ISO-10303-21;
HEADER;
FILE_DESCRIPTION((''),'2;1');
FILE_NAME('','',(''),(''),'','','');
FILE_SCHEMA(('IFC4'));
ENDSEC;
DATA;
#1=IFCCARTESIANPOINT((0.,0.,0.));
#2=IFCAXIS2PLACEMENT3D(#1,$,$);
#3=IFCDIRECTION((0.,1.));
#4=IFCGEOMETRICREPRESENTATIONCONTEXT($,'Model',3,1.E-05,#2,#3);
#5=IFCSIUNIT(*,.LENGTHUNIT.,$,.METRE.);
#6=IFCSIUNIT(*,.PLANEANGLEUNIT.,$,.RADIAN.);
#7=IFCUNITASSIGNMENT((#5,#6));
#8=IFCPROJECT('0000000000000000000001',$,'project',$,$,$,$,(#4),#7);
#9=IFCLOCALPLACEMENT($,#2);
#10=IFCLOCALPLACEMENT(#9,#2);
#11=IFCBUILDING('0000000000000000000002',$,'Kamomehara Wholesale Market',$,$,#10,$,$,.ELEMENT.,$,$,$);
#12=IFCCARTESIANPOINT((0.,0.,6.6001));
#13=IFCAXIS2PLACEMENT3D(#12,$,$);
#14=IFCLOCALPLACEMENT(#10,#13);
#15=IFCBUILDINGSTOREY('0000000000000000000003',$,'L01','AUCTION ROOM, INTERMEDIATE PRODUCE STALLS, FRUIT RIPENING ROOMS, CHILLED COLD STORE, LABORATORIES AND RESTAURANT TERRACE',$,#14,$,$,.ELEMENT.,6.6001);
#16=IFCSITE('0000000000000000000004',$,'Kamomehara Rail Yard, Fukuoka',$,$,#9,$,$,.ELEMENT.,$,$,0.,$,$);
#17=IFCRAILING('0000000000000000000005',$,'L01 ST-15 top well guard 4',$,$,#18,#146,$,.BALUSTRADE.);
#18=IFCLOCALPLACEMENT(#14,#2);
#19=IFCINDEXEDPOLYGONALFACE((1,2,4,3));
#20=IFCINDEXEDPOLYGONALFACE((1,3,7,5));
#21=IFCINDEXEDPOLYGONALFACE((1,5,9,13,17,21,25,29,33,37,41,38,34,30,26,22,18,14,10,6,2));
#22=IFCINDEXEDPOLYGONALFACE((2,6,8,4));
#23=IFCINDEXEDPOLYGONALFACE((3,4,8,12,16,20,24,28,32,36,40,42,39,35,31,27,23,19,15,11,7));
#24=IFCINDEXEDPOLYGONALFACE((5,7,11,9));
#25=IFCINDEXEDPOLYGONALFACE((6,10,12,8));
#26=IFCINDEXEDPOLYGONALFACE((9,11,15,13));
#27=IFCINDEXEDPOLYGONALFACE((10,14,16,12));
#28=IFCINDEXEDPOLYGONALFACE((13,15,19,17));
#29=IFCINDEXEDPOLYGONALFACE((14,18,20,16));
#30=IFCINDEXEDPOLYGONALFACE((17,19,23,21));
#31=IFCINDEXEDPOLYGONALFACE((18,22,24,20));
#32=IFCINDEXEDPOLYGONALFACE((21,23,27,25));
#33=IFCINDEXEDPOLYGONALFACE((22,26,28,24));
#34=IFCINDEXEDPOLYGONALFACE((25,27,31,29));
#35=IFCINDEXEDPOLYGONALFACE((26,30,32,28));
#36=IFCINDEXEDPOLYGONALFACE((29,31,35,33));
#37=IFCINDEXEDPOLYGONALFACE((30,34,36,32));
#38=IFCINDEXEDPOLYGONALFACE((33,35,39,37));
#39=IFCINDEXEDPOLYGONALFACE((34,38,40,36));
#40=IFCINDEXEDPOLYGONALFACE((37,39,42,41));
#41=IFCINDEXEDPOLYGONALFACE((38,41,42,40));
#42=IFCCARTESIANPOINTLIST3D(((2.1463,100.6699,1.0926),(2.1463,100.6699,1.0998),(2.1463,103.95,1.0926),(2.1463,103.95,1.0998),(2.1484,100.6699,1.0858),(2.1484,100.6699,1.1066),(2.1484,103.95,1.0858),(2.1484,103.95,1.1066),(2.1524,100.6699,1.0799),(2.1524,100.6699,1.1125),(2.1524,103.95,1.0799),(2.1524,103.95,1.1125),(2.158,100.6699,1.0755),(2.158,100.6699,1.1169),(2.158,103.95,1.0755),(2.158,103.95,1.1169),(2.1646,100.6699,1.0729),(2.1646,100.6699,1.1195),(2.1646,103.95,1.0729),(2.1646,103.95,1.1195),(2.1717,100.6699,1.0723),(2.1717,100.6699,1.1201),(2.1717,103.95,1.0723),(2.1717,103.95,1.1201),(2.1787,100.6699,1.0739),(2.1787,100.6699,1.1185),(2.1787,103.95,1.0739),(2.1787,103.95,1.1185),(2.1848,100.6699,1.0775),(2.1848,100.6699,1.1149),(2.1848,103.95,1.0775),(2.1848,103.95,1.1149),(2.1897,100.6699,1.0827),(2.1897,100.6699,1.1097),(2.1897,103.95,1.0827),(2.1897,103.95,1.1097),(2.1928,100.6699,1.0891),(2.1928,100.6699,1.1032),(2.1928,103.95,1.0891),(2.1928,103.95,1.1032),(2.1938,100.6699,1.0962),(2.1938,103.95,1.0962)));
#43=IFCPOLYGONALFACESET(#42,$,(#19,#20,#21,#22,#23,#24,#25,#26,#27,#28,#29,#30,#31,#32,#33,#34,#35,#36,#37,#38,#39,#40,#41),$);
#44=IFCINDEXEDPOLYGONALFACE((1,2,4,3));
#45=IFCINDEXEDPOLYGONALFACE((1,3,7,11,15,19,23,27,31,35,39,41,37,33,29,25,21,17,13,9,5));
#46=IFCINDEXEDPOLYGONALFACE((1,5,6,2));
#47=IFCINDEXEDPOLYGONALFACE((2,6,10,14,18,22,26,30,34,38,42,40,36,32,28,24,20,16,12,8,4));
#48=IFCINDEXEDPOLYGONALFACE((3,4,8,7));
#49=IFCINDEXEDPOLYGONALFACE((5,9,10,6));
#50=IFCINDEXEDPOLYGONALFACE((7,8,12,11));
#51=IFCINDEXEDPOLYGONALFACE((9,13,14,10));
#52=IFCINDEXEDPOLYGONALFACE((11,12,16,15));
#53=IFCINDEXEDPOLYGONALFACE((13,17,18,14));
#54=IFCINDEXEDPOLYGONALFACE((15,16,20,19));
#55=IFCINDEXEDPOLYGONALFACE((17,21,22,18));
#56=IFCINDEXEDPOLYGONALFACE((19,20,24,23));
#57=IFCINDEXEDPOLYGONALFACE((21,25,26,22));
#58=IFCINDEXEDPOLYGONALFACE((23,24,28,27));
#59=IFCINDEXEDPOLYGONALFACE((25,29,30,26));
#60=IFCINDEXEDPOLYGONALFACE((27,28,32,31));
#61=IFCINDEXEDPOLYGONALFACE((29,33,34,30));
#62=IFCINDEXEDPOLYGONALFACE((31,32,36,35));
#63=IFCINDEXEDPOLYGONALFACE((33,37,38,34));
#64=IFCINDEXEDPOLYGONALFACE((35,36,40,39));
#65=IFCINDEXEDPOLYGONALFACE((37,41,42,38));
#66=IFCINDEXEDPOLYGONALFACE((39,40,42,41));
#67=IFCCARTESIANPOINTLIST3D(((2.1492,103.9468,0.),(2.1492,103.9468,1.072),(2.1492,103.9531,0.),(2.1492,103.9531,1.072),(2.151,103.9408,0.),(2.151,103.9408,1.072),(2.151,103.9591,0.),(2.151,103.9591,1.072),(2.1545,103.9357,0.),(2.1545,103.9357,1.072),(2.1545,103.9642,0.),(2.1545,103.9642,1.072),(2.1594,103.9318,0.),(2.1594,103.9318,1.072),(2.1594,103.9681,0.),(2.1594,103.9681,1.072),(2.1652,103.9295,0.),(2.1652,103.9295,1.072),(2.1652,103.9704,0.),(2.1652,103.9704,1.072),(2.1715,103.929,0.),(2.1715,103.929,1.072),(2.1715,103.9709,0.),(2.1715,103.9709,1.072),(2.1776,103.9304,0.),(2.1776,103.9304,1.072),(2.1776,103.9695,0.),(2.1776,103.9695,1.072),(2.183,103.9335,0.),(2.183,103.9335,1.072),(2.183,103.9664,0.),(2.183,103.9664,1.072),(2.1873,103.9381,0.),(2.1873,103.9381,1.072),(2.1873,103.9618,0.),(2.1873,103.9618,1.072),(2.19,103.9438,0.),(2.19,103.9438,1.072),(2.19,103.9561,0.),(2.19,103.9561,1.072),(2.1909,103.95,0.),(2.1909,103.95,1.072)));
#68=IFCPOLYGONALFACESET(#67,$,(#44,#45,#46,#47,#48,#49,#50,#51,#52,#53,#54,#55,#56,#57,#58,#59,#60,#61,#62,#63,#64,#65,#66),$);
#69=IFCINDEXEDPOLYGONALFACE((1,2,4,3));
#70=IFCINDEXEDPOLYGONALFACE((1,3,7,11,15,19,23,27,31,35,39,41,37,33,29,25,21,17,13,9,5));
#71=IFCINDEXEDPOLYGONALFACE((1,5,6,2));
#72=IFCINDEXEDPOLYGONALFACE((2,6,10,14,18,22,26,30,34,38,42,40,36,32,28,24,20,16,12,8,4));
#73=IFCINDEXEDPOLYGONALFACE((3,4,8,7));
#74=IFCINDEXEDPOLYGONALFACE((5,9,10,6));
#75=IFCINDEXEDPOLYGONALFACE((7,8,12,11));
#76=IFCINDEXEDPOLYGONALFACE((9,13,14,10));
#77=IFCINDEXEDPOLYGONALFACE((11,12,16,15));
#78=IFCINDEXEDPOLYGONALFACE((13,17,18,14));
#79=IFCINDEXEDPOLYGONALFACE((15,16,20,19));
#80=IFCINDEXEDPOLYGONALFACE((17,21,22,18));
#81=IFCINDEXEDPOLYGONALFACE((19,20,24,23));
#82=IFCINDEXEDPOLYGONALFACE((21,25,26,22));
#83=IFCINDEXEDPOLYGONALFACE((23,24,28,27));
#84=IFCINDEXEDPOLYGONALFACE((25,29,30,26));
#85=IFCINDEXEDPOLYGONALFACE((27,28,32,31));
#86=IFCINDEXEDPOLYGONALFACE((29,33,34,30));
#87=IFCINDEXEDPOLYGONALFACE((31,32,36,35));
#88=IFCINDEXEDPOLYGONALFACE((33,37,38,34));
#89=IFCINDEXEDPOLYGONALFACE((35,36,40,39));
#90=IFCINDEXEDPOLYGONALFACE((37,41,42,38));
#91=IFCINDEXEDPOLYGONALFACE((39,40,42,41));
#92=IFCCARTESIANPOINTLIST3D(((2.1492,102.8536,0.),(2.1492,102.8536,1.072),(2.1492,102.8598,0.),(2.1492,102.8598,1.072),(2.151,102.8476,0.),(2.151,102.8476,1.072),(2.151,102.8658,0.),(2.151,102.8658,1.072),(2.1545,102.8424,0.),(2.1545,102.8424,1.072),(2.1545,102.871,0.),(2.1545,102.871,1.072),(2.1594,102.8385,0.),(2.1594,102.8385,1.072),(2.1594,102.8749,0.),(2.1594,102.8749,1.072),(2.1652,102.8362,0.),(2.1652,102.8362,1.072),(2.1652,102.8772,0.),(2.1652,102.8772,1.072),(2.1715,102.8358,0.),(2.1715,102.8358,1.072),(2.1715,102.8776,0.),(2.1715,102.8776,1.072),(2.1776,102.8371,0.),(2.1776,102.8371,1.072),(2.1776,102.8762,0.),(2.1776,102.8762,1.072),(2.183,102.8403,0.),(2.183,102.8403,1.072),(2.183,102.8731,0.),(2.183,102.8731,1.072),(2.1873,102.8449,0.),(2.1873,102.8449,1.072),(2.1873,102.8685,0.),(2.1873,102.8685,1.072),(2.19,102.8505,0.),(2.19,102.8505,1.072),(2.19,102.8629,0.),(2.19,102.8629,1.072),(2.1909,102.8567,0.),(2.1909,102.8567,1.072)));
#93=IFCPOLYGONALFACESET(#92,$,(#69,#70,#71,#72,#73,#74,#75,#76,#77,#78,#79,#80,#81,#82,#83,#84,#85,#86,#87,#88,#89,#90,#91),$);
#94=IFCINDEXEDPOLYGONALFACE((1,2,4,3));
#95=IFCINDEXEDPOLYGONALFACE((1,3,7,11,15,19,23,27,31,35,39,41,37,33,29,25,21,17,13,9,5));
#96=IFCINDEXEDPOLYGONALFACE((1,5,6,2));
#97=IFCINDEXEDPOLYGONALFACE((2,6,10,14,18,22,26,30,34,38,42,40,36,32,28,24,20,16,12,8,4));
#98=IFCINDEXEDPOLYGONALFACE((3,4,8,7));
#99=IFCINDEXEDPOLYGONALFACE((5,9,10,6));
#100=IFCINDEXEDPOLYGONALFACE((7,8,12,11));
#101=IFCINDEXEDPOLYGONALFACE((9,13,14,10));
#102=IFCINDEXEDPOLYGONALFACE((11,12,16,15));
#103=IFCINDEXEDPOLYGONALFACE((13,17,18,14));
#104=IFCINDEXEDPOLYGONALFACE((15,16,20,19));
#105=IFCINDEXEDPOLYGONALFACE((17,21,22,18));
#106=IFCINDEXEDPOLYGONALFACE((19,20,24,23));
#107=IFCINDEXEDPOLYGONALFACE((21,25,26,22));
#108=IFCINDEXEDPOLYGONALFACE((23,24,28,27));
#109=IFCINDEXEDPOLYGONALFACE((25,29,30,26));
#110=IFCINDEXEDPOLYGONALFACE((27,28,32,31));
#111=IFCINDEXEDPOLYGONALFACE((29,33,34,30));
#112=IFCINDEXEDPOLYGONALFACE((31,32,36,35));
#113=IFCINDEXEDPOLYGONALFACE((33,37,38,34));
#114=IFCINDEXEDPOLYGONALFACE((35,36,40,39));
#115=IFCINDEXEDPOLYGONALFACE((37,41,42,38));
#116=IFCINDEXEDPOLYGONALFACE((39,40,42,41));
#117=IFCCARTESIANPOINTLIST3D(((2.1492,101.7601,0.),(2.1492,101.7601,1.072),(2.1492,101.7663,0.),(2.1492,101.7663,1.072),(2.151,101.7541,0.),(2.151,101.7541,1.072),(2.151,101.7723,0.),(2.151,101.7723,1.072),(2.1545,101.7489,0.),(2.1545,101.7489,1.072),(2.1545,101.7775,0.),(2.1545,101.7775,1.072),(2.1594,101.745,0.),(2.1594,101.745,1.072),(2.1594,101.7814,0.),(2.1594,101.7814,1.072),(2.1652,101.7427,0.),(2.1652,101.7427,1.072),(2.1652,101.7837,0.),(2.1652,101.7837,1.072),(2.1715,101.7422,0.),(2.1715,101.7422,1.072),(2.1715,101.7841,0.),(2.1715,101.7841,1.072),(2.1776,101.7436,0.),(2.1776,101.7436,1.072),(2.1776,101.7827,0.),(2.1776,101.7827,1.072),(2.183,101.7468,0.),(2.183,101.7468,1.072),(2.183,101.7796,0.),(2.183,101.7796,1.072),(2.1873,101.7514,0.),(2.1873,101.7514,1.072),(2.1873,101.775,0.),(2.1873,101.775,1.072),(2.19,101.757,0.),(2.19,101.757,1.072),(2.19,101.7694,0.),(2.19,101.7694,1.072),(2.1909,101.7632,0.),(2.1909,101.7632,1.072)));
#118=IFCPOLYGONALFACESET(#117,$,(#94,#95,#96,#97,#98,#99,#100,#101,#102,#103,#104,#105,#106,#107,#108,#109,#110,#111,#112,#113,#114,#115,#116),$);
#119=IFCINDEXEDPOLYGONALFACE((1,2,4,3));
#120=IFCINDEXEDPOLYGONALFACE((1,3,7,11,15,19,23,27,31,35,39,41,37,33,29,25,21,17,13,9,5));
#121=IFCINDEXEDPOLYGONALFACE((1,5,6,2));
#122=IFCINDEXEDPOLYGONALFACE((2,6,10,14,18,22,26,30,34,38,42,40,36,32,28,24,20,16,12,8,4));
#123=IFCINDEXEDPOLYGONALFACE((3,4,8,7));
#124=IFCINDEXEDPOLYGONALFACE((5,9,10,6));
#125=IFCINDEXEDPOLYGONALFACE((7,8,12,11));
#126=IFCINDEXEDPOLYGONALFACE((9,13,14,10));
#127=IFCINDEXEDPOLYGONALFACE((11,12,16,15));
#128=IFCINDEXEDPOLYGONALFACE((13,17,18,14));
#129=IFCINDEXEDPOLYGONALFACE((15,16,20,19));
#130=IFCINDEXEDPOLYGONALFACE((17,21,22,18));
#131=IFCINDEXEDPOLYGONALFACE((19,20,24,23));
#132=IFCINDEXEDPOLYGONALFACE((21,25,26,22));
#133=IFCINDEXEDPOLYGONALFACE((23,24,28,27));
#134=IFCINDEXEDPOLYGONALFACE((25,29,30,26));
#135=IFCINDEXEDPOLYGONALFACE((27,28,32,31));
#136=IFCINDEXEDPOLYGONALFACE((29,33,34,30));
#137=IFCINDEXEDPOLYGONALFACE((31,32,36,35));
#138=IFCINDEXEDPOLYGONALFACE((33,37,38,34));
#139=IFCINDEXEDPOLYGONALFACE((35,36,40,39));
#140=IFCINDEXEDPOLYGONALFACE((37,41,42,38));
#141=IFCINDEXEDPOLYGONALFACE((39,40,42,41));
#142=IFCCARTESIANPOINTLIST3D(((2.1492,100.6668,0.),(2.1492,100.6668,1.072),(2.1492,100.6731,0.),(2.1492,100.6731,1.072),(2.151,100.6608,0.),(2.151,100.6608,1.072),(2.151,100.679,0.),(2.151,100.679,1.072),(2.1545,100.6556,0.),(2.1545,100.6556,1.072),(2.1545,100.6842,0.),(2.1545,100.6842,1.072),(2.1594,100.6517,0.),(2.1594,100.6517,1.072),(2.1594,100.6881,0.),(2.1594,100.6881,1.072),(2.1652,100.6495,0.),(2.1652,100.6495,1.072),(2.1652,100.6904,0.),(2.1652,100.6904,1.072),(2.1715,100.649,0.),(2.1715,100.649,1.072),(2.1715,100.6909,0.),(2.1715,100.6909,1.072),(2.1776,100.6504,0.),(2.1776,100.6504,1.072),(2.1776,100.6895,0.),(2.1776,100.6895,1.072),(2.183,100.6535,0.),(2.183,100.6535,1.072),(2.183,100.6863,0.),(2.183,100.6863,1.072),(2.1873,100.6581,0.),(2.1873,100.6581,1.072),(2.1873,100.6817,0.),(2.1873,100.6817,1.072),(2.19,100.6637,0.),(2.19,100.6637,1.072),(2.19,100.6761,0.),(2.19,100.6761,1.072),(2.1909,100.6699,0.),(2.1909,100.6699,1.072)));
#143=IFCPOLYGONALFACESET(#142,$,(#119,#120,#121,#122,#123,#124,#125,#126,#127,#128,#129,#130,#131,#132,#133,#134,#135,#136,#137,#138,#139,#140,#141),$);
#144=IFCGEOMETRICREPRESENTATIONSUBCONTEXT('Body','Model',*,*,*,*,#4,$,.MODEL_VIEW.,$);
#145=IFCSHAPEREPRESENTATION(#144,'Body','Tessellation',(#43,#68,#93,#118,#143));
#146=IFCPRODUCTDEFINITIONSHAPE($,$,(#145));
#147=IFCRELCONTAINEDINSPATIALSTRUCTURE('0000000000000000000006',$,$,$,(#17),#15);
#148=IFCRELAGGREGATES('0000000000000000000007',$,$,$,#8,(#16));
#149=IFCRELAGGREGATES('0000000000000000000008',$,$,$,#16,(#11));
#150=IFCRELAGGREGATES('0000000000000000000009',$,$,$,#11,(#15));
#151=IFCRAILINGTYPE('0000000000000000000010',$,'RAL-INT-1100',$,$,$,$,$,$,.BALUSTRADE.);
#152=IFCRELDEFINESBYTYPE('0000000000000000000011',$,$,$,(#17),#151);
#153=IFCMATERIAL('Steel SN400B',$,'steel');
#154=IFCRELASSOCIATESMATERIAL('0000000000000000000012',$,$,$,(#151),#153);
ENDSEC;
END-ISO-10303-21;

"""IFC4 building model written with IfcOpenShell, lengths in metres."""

from ifc_helpers import new_model, si_unit, direction, frame, origin, origin_2d, place, context, subcontext, project, spatial, circle, extrude, material, type_object, element, save


model = new_model("IFC4")

# Units and contexts
model_context = context("Model", 3, precision=1e-05, world=origin(), true_north=direction((0.0, 1.0)))
body_context = subcontext(model_context, "Body", "Model", "MODEL_VIEW")
ifc_project = project(units=[si_unit("LENGTHUNIT", "METRE"), si_unit("PLANEANGLEUNIT", "RADIAN")], contexts=[model_context])

# Site, building, storey
site_placement = place(None, origin())
site = spatial("IfcSite", under=ifc_project, at=site_placement, Name="Kamomehara Rail Yard, Fukuoka", CompositionType="ELEMENT", RefElevation=0.0)
building_placement = place(site_placement, origin())
building = spatial("IfcBuilding", under=site, at=building_placement, Name="Kamomehara Wholesale Market", CompositionType="ELEMENT")
storey_placement = place(building_placement, frame((0.0, 0.0, 6.6001)))
storey = spatial("IfcBuildingStorey", under=building, at=storey_placement, Name="L01", Description="AUCTION ROOM, INTERMEDIATE PRODUCE STALLS, FRUIT RIPENING ROOMS, CHILLED COLD STORE, LABORATORIES AND RESTAURANT TERRACE", CompositionType="ELEMENT", Elevation=6.6001)

# Railing
ifc_material_1 = material(Name="Steel SN400B", Category="steel")
railing_type = type_object("IfcRailingType", Name="RAL-INT-1100", PredefinedType="BALUSTRADE", material=ifc_material_1)
railing_1_placement = place(storey_placement, frame((2.1699, 103.95, 0.0)))
element("IfcRailing", 1, at=railing_1_placement, inside=storey, type_object=railing_type, Name="L01 ST-15 top well guard 4", PredefinedType="BALUSTRADE", context=body_context, shape_type="SweptSolid", body=[
    extrude(circle(Radius=0.0239, at=origin_2d()), frame((0.0, 0.0, 1.0962), z_axis=(0.0, -1.0, 0.0), x_axis=(1.0, 0.0, 0.0)), (0.0, 0.0, 1.0), 3.28),
    extrude(circle(Radius=0.021, at=origin_2d()), origin(), (0.0, 0.0, 1.0), 1.072),
    extrude(circle(Radius=0.021, at=origin_2d()), frame((0.0, -1.0933, 0.0)), (0.0, 0.0, 1.0), 1.072),
    extrude(circle(Radius=0.021, at=origin_2d()), frame((0.0, -2.1868, 0.0)), (0.0, 0.0, 1.0), 1.072),
    extrude(circle(Radius=0.021, at=origin_2d()), frame((0.0, -3.28, 0.0)), (0.0, 0.0, 1.0), 1.072),
])

save(model, "model.ifc")
